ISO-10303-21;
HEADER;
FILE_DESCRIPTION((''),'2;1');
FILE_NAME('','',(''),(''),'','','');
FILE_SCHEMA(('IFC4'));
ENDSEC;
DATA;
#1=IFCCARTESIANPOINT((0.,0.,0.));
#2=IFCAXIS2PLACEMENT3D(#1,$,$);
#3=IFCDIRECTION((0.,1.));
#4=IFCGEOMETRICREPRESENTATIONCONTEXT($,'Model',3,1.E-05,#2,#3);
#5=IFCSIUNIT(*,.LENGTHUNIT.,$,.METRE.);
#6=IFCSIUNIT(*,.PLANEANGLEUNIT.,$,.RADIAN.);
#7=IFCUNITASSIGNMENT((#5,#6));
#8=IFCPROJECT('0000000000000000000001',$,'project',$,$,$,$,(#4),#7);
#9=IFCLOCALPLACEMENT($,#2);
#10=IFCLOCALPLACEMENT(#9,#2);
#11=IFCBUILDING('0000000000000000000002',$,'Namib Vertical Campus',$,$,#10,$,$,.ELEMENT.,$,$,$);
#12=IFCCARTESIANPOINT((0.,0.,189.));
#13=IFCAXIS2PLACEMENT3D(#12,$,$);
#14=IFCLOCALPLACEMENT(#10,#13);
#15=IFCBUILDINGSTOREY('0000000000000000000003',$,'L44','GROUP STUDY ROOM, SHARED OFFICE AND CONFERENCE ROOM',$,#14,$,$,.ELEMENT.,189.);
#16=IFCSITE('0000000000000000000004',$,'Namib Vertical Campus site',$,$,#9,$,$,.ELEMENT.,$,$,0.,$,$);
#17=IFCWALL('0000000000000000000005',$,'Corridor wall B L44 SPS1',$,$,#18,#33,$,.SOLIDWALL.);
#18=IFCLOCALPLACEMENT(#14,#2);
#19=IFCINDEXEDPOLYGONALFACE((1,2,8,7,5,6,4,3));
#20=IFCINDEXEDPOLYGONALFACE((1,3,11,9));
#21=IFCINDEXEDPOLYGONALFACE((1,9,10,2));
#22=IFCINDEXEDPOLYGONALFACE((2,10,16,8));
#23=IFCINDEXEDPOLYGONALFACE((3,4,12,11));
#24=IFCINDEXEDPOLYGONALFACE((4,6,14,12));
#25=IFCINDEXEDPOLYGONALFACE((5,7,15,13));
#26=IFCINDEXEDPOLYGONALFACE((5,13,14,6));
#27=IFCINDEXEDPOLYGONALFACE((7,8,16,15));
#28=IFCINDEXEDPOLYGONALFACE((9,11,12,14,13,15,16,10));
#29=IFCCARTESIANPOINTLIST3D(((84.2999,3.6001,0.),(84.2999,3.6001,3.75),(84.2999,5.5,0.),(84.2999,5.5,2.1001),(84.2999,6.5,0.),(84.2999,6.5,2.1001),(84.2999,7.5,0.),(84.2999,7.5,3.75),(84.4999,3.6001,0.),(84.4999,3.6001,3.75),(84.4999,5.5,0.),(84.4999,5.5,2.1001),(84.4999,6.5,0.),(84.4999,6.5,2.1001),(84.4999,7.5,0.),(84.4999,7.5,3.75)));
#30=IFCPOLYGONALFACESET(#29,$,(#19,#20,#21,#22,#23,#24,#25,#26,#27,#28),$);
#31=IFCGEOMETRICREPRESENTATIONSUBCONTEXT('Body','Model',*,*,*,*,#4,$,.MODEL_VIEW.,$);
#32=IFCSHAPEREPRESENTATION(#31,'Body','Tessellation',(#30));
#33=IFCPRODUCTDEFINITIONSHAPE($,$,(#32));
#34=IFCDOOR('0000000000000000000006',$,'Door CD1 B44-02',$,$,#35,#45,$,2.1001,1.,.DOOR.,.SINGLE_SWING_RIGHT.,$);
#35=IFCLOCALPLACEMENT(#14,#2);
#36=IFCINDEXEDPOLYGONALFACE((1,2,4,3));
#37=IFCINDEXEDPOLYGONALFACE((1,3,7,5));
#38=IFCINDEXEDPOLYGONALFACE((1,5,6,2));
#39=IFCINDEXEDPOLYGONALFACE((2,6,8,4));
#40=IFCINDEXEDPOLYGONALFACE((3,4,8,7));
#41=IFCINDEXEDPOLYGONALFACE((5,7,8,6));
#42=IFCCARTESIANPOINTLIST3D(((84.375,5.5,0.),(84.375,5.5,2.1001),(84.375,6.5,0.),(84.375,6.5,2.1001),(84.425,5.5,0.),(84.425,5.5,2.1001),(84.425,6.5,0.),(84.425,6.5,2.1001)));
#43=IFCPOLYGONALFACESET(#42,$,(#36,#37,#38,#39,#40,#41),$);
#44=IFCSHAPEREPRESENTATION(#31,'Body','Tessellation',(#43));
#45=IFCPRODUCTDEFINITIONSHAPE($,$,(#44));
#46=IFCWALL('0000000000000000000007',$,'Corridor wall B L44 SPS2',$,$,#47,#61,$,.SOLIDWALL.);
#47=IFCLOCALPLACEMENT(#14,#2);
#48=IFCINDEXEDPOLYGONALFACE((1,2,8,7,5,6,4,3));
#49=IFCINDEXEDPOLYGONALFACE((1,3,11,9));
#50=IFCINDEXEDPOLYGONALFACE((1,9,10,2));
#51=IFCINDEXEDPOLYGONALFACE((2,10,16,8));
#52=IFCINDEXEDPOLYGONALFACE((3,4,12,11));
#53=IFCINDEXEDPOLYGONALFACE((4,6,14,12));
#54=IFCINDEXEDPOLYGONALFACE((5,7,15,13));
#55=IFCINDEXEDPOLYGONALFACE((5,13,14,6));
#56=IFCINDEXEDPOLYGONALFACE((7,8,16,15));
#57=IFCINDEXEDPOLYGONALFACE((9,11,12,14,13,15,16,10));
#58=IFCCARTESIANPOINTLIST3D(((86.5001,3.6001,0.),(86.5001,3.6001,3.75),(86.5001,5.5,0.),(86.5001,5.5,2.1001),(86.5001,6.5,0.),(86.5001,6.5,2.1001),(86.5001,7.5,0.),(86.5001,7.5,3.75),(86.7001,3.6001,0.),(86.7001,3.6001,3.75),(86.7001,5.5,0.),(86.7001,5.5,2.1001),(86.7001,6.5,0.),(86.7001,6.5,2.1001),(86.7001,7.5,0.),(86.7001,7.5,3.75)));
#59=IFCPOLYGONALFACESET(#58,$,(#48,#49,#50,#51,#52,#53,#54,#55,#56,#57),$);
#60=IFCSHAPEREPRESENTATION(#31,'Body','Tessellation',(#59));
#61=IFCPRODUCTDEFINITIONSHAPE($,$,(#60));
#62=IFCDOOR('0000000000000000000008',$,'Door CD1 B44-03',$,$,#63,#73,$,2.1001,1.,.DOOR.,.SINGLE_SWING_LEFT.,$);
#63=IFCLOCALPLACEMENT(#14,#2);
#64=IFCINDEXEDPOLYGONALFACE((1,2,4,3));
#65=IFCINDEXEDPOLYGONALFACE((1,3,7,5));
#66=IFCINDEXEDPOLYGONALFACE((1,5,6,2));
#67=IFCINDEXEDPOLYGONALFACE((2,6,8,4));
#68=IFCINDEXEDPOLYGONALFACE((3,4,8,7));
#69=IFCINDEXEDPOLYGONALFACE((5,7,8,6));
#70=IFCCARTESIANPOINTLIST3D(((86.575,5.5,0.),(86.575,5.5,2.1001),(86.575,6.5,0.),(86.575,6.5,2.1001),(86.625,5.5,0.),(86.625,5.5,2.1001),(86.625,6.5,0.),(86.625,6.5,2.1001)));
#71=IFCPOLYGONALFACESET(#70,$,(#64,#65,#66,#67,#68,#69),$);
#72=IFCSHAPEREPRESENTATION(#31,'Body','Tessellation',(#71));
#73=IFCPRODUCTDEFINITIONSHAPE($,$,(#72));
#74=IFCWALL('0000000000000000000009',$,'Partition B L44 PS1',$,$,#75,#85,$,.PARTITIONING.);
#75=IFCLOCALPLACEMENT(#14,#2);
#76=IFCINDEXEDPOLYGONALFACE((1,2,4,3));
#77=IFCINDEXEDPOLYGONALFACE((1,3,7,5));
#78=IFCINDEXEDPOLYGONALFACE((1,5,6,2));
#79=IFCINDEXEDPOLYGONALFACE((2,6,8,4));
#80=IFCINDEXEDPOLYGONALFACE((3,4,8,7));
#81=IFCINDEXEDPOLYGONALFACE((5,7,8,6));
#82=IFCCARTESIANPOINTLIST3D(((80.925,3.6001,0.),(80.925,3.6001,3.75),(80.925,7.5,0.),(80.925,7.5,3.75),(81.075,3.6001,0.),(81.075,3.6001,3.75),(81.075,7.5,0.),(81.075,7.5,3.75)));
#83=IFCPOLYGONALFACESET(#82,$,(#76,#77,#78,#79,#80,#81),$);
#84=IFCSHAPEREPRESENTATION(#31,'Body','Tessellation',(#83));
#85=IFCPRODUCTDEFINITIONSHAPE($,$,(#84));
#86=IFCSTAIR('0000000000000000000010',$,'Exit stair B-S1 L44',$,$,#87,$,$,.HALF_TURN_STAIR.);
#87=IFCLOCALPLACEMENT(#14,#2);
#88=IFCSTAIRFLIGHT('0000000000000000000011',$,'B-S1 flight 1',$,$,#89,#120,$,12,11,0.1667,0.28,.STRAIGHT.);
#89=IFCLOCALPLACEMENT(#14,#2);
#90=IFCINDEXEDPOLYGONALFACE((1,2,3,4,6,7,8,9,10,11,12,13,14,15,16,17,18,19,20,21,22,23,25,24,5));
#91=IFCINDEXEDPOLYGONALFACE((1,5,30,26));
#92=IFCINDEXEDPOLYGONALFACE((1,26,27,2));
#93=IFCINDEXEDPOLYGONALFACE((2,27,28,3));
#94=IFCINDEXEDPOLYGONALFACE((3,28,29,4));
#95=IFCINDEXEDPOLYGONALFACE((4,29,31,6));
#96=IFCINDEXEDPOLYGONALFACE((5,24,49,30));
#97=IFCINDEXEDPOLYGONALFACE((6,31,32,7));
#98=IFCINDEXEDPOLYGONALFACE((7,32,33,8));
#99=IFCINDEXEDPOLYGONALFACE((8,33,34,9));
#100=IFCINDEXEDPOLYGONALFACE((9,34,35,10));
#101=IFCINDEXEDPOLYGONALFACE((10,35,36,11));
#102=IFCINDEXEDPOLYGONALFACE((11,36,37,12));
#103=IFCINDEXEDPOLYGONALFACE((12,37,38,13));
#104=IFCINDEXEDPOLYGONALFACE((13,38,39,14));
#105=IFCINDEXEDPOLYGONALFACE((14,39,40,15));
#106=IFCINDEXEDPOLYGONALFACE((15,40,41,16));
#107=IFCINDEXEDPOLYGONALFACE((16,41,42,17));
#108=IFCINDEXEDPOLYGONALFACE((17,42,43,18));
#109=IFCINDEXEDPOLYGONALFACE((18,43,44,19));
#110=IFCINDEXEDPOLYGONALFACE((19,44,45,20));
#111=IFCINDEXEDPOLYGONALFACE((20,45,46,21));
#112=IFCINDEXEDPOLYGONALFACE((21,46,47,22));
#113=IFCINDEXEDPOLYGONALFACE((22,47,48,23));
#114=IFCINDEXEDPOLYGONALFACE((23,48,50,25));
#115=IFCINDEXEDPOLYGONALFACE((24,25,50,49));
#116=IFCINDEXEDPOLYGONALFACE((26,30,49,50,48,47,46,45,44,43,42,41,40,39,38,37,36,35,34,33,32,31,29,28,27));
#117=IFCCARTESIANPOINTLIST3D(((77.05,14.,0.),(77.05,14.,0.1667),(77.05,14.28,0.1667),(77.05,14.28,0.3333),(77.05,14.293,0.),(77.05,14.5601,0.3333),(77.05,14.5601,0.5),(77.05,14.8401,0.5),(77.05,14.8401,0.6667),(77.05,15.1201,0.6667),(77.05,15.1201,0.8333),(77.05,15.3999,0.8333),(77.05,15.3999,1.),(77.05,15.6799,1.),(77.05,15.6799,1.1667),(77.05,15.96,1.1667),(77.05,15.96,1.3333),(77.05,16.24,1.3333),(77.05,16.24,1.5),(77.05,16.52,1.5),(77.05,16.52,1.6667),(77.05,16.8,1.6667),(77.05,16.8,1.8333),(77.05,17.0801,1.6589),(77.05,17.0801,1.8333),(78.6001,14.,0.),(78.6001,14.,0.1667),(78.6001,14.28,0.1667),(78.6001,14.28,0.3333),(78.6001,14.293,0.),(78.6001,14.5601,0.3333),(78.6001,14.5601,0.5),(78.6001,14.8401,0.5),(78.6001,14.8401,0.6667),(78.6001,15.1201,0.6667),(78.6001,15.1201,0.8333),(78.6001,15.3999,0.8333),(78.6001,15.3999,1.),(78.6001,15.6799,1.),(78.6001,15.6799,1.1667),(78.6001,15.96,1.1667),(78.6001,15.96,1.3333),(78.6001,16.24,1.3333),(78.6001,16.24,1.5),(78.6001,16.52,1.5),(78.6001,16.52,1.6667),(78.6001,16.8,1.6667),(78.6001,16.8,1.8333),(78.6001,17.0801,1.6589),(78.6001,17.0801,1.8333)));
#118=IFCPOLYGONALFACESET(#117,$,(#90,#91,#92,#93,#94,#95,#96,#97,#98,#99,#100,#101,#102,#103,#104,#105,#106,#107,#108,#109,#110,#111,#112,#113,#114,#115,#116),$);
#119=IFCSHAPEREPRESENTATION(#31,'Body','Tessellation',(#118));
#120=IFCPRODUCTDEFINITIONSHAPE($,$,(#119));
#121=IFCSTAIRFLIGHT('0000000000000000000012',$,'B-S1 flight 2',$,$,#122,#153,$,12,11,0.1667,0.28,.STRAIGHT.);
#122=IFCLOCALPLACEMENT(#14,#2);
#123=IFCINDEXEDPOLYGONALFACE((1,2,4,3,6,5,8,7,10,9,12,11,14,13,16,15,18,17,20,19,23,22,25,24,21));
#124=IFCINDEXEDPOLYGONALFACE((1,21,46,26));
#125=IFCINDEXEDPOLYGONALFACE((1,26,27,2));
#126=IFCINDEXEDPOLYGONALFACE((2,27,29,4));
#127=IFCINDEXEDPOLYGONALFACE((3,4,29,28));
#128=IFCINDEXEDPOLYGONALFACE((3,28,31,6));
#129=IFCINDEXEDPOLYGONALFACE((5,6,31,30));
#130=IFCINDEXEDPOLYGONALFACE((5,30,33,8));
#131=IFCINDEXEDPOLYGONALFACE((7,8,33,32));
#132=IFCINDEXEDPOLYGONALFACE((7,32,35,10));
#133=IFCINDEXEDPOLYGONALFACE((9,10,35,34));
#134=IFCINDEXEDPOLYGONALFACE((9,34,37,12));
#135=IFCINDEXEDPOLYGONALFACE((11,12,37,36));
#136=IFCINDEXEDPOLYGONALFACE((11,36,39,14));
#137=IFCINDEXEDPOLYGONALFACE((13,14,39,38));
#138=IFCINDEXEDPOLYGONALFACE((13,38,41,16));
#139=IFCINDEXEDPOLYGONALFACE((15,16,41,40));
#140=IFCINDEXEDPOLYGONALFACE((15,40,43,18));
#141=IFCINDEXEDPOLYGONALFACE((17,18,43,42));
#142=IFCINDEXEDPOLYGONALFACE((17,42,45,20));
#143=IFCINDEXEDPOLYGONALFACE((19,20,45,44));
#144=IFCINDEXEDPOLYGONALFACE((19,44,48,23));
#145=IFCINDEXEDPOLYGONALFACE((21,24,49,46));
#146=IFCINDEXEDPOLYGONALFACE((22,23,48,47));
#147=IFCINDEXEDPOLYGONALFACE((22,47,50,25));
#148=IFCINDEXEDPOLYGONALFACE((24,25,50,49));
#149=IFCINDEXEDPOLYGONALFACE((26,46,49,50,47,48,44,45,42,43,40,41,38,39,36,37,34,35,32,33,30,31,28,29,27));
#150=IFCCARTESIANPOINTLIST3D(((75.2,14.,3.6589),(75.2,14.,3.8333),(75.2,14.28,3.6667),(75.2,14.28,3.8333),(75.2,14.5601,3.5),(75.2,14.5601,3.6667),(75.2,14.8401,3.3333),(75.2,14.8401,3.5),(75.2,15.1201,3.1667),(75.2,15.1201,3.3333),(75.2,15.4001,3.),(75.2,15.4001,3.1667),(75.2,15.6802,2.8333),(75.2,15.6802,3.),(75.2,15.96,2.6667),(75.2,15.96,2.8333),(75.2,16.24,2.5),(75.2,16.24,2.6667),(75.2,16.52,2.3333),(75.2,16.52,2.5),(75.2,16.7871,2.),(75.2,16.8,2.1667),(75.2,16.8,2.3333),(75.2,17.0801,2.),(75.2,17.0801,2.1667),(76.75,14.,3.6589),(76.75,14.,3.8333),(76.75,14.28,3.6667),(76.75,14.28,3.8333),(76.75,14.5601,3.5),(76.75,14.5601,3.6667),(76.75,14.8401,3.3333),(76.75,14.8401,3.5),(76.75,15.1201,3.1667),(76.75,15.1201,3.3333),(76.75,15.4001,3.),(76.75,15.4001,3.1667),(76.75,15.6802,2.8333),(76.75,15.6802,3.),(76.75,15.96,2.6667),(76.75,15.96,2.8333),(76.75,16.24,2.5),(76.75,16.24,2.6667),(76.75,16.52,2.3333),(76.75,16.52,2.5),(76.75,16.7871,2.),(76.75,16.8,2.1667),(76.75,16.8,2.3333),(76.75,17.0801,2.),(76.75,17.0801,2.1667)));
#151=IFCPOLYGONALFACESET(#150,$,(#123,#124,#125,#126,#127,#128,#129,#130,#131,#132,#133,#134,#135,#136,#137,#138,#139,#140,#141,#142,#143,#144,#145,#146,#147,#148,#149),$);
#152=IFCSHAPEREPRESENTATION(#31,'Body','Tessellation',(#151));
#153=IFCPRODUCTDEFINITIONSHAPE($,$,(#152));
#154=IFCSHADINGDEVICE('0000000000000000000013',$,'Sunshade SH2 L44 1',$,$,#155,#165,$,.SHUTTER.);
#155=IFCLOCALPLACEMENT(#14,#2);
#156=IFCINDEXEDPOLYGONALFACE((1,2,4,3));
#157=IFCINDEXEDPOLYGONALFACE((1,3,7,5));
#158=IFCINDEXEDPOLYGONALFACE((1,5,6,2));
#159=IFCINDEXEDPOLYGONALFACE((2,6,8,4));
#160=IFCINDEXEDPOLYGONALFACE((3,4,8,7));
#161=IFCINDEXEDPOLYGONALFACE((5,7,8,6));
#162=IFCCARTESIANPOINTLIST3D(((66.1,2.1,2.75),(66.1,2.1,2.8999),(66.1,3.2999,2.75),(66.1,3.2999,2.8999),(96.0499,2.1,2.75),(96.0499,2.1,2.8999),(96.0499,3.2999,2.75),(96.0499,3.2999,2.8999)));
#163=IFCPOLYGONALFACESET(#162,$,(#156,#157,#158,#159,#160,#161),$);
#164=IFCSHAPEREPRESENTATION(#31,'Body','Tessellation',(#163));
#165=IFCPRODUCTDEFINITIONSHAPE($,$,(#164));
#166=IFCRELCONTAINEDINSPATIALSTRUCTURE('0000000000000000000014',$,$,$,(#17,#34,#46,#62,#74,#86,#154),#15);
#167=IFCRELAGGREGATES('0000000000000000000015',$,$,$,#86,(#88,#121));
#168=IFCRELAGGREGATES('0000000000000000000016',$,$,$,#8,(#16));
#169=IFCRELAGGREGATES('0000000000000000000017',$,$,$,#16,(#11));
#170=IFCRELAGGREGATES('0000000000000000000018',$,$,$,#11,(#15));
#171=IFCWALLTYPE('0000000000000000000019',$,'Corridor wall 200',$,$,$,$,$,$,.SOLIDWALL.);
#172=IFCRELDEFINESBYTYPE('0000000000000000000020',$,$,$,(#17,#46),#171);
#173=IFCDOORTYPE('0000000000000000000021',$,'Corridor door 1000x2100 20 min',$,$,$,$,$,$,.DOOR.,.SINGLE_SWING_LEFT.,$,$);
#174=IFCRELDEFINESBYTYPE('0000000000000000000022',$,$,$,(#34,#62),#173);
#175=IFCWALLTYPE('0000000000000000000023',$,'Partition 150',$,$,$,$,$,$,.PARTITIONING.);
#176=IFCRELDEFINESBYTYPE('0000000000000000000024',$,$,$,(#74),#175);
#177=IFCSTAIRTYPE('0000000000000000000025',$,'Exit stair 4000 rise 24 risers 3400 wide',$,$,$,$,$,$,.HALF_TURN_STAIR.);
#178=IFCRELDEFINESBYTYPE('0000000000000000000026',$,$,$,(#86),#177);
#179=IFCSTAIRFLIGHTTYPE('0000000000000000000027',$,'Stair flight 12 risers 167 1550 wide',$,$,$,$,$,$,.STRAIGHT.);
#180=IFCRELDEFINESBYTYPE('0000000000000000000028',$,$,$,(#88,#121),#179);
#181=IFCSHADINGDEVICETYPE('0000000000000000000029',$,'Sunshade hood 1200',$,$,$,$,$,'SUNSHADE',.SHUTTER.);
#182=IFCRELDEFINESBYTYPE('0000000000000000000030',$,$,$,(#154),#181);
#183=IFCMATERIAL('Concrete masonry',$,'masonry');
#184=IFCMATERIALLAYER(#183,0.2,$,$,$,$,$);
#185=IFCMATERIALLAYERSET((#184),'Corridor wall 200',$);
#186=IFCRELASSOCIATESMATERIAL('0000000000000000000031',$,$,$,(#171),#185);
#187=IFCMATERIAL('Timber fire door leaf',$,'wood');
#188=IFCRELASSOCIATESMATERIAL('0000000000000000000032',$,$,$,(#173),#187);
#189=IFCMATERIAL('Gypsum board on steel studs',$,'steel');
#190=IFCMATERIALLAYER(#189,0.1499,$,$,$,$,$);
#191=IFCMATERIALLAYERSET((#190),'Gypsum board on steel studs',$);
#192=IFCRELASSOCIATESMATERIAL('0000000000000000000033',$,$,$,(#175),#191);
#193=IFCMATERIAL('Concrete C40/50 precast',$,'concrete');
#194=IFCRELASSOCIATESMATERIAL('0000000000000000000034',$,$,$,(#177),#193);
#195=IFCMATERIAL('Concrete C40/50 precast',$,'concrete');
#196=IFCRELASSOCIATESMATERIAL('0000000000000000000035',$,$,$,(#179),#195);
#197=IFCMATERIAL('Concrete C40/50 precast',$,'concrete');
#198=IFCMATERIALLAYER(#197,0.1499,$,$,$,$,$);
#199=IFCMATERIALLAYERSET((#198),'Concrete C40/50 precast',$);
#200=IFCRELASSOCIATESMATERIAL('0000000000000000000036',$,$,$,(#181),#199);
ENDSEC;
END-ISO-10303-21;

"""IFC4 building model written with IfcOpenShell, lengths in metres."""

from ifc_helpers import new_model, si_unit, direction, frame, frame_2d, origin, origin_2d, place, context, subcontext, project, spatial, polyline, rectangle, outline, extrude, material, layer, layer_set, type_object, element, fill, aggregate, save


model = new_model("IFC4")

# Units and contexts
model_context = context("Model", 3, precision=1e-05, world=origin(), true_north=direction((0.0, 1.0)))
body_context = subcontext(model_context, "Body", "Model", "MODEL_VIEW")
ifc_project = project(units=[si_unit("LENGTHUNIT", "METRE"), si_unit("PLANEANGLEUNIT", "RADIAN")], contexts=[model_context])

# Site, building, storey
site_placement = place(None, origin())
site = spatial("IfcSite", under=ifc_project, at=site_placement, Name="Namib Vertical Campus site", CompositionType="ELEMENT", RefElevation=0.0)
building_placement = place(site_placement, origin())
building = spatial("IfcBuilding", under=site, at=building_placement, Name="Namib Vertical Campus", CompositionType="ELEMENT")
storey_placement = place(building_placement, frame((0.0, 0.0, 189.0)))
storey = spatial("IfcBuildingStorey", under=building, at=storey_placement, Name="L44", Description="GROUP STUDY ROOM, SHARED OFFICE AND CONFERENCE ROOM", CompositionType="ELEMENT", Elevation=189.0)

# Walls, openings, doors
ifc_material_1 = material(Name="Concrete masonry", Category="masonry")
ifc_layer_1 = layer(ifc_material_1, 0.2)
ifc_layer_set_1 = layer_set([ifc_layer_1], Name="Corridor wall 200")
wall_type_1 = type_object("IfcWallType", Name="Corridor wall 200", PredefinedType="SOLIDWALL", material=ifc_layer_set_1)
wall_1_placement = place(storey_placement, frame((84.3999, 3.6001, 0.0), z_axis=(0.0, 0.0, 1.0), x_axis=(0.0, 1.0, 0.0)))
wall_1 = element("IfcWall", 1, at=wall_1_placement, inside=storey, type_object=wall_type_1, Name="Corridor wall B L44 SPS1", PredefinedType="SOLIDWALL", context=body_context, shape_type="SweptSolid", body=[
    extrude(rectangle(XDim=3.8999, YDim=0.2, at=frame_2d((1.95, 0.0))), origin(), (0.0, 0.0, 1.0), 3.75),
])
opening_1_placement = place(wall_1_placement, frame((1.8999, 0.0, 0.0)))
opening_1 = element("IfcOpeningElement", 2, at=opening_1_placement, cuts=wall_1, PredefinedType="OPENING", context=body_context, shape_type="SweptSolid", body=[
    extrude(rectangle(XDim=1.0, YDim=2.1001, at=frame_2d((0.5, 1.05))), frame((0.0, 0.1099, 0.0), z_axis=(0.0, -1.0, 0.0), x_axis=(1.0, 0.0, 0.0)), (0.0, 0.0, 1.0), 0.22),
])
ifc_material_2 = material(Name="Timber fire door leaf", Category="wood")
door_type_1 = type_object("IfcDoorType", Name="Corridor door 1000x2100 20 min", OperationType="SINGLE_SWING_LEFT", PredefinedType="DOOR", material=ifc_material_2)
door_1_placement = place(opening_1_placement, origin())
door_1 = element("IfcDoor", 3, at=door_1_placement, inside=storey, type_object=door_type_1, Name="Door CD1 B44-02", OperationType="SINGLE_SWING_RIGHT", OverallHeight=2.1001, OverallWidth=1.0, PredefinedType="DOOR", context=body_context, shape_type="SweptSolid", body=[
    extrude(rectangle(XDim=1.0, YDim=2.1001, at=frame_2d((0.5, 1.05))), frame((0.0, 0.0249, 0.0), z_axis=(0.0, -1.0, 0.0), x_axis=(1.0, 0.0, 0.0)), (0.0, 0.0, 1.0), 0.05),
])
fill(opening_1, door_1)
wall_2_placement = place(storey_placement, frame((86.6001, 7.5, 0.0), z_axis=(0.0, 0.0, 1.0), x_axis=(0.0, -1.0, 0.0)))
wall_2 = element("IfcWall", 4, at=wall_2_placement, inside=storey, type_object=wall_type_1, Name="Corridor wall B L44 SPS2", PredefinedType="SOLIDWALL", context=body_context, shape_type="SweptSolid", body=[
    extrude(rectangle(XDim=3.8999, YDim=0.2, at=frame_2d((1.95, 0.0))), origin(), (0.0, 0.0, 1.0), 3.75),
])
opening_2_placement = place(wall_2_placement, frame((1.0, 0.0, 0.0)))
opening_2 = element("IfcOpeningElement", 5, at=opening_2_placement, cuts=wall_2, PredefinedType="OPENING", context=body_context, shape_type="SweptSolid", body=[
    extrude(rectangle(XDim=1.0, YDim=2.1001, at=frame_2d((0.5, 1.05))), frame((0.0, 0.1099, 0.0), z_axis=(0.0, -1.0, 0.0), x_axis=(1.0, 0.0, 0.0)), (0.0, 0.0, 1.0), 0.22),
])
door_2_placement = place(opening_2_placement, origin())
door_2 = element("IfcDoor", 6, at=door_2_placement, inside=storey, type_object=door_type_1, Name="Door CD1 B44-03", OperationType="SINGLE_SWING_LEFT", OverallHeight=2.1001, OverallWidth=1.0, PredefinedType="DOOR", context=body_context, shape_type="SweptSolid", body=[
    extrude(rectangle(XDim=1.0, YDim=2.1001, at=frame_2d((0.5, 1.05))), frame((0.0, 0.0249, 0.0), z_axis=(0.0, -1.0, 0.0), x_axis=(1.0, 0.0, 0.0)), (0.0, 0.0, 1.0), 0.05),
])
fill(opening_2, door_2)

# Wall
ifc_material_3 = material(Name="Gypsum board on steel studs", Category="steel")
ifc_layer_2 = layer(ifc_material_3, 0.1499)
ifc_layer_set_2 = layer_set([ifc_layer_2], Name="Gypsum board on steel studs")
wall_type_2 = type_object("IfcWallType", Name="Partition 150", PredefinedType="PARTITIONING", material=ifc_layer_set_2)
wall_3_placement = place(storey_placement, frame((81.0, 3.6001, 0.0), z_axis=(0.0, 0.0, 1.0), x_axis=(0.0, 1.0, 0.0)))
element("IfcWall", 7, at=wall_3_placement, inside=storey, type_object=wall_type_2, Name="Partition B L44 PS1", PredefinedType="PARTITIONING", context=body_context, shape_type="SweptSolid", body=[
    extrude(rectangle(XDim=3.8999, YDim=0.1499, at=frame_2d((1.95, 0.0))), origin(), (0.0, 0.0, 1.0), 3.75),
])

# Stair, stair flights
ifc_material_4 = material(Name="Concrete C40/50 precast", Category="concrete")
stair_type = type_object("IfcStairType", Name="Exit stair 4000 rise 24 risers 3400 wide", PredefinedType="HALF_TURN_STAIR", material=ifc_material_4)
stair_placement = place(storey_placement, origin())
stair = element("IfcStair", 8, at=stair_placement, inside=storey, type_object=stair_type, Name="Exit stair B-S1 L44", PredefinedType="HALF_TURN_STAIR")
ifc_material_5 = material(Name="Concrete C40/50 precast", Category="concrete")
stair_flight_type = type_object("IfcStairFlightType", Name="Stair flight 12 risers 167 1550 wide", PredefinedType="STRAIGHT", material=ifc_material_5)
stair_flight_1_placement = place(storey_placement, frame((77.825, 14.0, 0.0), z_axis=(0.0, 0.0, 1.0), x_axis=(0.0, 1.0, 0.0)))
stair_flight_1 = element("IfcStairFlight", 9, at=stair_flight_1_placement, type_object=stair_flight_type, Name="B-S1 flight 1", NumberOfRisers=12, NumberOfTreads=11, PredefinedType="STRAIGHT", RiserHeight=0.1667, TreadLength=0.28, context=body_context, shape_type="SweptSolid", body=[
    extrude(outline(polyline([(0.0, 0.0), (0.0, 0.1667), (0.28, 0.1667), (0.28, 0.3333), (0.5601, 0.3333), (0.5601, 0.5), (0.8401, 0.5), (0.8401, 0.6667), (1.1201, 0.6667), (1.1201, 0.8333), (1.3999, 0.8333), (1.3999, 1.0), (1.6799, 1.0), (1.6799, 1.1667), (1.96, 1.1667), (1.96, 1.3333), (2.24, 1.3333), (2.24, 1.5), (2.52, 1.5), (2.52, 1.6667), (2.8, 1.6667), (2.8, 1.8333), (3.0801, 1.8333), (3.0801, 2.0), (3.0801, 1.6589), (0.293, 0.0), (0.0, 0.0)])), frame((0.0, 0.7749, 0.0), z_axis=(0.0, -1.0, 0.0), x_axis=(1.0, 0.0, 0.0)), (0.0, 0.0, 1.0), 1.55),
])
stair_flight_2_placement = place(storey_placement, frame((75.9751, 17.0801, 2.0), z_axis=(0.0, 0.0, 1.0), x_axis=(0.0, -1.0, 0.0)))
stair_flight_2 = element("IfcStairFlight", 10, at=stair_flight_2_placement, type_object=stair_flight_type, Name="B-S1 flight 2", NumberOfRisers=12, NumberOfTreads=11, PredefinedType="STRAIGHT", RiserHeight=0.1667, TreadLength=0.28, context=body_context, shape_type="SweptSolid", body=[
    extrude(outline(polyline([(0.0, 0.0), (0.0, 0.1667), (0.28, 0.1667), (0.28, 0.3333), (0.5601, 0.3333), (0.5601, 0.5), (0.8401, 0.5), (0.8401, 0.6667), (1.1201, 0.6667), (1.1201, 0.8333), (1.3999, 0.8333), (1.3999, 1.0), (1.6799, 1.0), (1.6799, 1.1667), (1.96, 1.1667), (1.96, 1.3333), (2.24, 1.3333), (2.24, 1.5), (2.52, 1.5), (2.52, 1.6667), (2.8, 1.6667), (2.8, 1.8333), (3.0801, 1.8333), (3.0801, 2.0), (3.0801, 1.6589), (0.293, 0.0), (0.0, 0.0)])), frame((0.0, 0.7749, 0.0), z_axis=(0.0, -1.0, 0.0), x_axis=(1.0, 0.0, 0.0)), (0.0, 0.0, 1.0), 1.55),
])
aggregate(stair, [stair_flight_1, stair_flight_2])

# Shading device
ifc_material_6 = material(Name="Concrete C40/50 precast", Category="concrete")
ifc_layer_3 = layer(ifc_material_6, 0.1499)
ifc_layer_set_3 = layer_set([ifc_layer_3], Name="Concrete C40/50 precast")
shading_device_type = type_object("IfcShadingDeviceType", Name="Sunshade hood 1200", ElementType="SUNSHADE", PredefinedType="SHUTTER", material=ifc_layer_set_3)
shading_device_placement = place(storey_placement, frame((81.075, 2.7, 2.75), z_axis=(0.0, 0.0, 1.0), x_axis=(1.0, 0.0, 0.0)))
element("IfcShadingDevice", 11, at=shading_device_placement, inside=storey, type_object=shading_device_type, Name="Sunshade SH2 L44 1", PredefinedType="SHUTTER", context=body_context, shape_type="SweptSolid", body=[
    extrude(rectangle(XDim=29.95, YDim=1.2, at=origin_2d()), origin(), (0.0, 0.0, 1.0), 0.1499),
])

save(model, "model.ifc")
